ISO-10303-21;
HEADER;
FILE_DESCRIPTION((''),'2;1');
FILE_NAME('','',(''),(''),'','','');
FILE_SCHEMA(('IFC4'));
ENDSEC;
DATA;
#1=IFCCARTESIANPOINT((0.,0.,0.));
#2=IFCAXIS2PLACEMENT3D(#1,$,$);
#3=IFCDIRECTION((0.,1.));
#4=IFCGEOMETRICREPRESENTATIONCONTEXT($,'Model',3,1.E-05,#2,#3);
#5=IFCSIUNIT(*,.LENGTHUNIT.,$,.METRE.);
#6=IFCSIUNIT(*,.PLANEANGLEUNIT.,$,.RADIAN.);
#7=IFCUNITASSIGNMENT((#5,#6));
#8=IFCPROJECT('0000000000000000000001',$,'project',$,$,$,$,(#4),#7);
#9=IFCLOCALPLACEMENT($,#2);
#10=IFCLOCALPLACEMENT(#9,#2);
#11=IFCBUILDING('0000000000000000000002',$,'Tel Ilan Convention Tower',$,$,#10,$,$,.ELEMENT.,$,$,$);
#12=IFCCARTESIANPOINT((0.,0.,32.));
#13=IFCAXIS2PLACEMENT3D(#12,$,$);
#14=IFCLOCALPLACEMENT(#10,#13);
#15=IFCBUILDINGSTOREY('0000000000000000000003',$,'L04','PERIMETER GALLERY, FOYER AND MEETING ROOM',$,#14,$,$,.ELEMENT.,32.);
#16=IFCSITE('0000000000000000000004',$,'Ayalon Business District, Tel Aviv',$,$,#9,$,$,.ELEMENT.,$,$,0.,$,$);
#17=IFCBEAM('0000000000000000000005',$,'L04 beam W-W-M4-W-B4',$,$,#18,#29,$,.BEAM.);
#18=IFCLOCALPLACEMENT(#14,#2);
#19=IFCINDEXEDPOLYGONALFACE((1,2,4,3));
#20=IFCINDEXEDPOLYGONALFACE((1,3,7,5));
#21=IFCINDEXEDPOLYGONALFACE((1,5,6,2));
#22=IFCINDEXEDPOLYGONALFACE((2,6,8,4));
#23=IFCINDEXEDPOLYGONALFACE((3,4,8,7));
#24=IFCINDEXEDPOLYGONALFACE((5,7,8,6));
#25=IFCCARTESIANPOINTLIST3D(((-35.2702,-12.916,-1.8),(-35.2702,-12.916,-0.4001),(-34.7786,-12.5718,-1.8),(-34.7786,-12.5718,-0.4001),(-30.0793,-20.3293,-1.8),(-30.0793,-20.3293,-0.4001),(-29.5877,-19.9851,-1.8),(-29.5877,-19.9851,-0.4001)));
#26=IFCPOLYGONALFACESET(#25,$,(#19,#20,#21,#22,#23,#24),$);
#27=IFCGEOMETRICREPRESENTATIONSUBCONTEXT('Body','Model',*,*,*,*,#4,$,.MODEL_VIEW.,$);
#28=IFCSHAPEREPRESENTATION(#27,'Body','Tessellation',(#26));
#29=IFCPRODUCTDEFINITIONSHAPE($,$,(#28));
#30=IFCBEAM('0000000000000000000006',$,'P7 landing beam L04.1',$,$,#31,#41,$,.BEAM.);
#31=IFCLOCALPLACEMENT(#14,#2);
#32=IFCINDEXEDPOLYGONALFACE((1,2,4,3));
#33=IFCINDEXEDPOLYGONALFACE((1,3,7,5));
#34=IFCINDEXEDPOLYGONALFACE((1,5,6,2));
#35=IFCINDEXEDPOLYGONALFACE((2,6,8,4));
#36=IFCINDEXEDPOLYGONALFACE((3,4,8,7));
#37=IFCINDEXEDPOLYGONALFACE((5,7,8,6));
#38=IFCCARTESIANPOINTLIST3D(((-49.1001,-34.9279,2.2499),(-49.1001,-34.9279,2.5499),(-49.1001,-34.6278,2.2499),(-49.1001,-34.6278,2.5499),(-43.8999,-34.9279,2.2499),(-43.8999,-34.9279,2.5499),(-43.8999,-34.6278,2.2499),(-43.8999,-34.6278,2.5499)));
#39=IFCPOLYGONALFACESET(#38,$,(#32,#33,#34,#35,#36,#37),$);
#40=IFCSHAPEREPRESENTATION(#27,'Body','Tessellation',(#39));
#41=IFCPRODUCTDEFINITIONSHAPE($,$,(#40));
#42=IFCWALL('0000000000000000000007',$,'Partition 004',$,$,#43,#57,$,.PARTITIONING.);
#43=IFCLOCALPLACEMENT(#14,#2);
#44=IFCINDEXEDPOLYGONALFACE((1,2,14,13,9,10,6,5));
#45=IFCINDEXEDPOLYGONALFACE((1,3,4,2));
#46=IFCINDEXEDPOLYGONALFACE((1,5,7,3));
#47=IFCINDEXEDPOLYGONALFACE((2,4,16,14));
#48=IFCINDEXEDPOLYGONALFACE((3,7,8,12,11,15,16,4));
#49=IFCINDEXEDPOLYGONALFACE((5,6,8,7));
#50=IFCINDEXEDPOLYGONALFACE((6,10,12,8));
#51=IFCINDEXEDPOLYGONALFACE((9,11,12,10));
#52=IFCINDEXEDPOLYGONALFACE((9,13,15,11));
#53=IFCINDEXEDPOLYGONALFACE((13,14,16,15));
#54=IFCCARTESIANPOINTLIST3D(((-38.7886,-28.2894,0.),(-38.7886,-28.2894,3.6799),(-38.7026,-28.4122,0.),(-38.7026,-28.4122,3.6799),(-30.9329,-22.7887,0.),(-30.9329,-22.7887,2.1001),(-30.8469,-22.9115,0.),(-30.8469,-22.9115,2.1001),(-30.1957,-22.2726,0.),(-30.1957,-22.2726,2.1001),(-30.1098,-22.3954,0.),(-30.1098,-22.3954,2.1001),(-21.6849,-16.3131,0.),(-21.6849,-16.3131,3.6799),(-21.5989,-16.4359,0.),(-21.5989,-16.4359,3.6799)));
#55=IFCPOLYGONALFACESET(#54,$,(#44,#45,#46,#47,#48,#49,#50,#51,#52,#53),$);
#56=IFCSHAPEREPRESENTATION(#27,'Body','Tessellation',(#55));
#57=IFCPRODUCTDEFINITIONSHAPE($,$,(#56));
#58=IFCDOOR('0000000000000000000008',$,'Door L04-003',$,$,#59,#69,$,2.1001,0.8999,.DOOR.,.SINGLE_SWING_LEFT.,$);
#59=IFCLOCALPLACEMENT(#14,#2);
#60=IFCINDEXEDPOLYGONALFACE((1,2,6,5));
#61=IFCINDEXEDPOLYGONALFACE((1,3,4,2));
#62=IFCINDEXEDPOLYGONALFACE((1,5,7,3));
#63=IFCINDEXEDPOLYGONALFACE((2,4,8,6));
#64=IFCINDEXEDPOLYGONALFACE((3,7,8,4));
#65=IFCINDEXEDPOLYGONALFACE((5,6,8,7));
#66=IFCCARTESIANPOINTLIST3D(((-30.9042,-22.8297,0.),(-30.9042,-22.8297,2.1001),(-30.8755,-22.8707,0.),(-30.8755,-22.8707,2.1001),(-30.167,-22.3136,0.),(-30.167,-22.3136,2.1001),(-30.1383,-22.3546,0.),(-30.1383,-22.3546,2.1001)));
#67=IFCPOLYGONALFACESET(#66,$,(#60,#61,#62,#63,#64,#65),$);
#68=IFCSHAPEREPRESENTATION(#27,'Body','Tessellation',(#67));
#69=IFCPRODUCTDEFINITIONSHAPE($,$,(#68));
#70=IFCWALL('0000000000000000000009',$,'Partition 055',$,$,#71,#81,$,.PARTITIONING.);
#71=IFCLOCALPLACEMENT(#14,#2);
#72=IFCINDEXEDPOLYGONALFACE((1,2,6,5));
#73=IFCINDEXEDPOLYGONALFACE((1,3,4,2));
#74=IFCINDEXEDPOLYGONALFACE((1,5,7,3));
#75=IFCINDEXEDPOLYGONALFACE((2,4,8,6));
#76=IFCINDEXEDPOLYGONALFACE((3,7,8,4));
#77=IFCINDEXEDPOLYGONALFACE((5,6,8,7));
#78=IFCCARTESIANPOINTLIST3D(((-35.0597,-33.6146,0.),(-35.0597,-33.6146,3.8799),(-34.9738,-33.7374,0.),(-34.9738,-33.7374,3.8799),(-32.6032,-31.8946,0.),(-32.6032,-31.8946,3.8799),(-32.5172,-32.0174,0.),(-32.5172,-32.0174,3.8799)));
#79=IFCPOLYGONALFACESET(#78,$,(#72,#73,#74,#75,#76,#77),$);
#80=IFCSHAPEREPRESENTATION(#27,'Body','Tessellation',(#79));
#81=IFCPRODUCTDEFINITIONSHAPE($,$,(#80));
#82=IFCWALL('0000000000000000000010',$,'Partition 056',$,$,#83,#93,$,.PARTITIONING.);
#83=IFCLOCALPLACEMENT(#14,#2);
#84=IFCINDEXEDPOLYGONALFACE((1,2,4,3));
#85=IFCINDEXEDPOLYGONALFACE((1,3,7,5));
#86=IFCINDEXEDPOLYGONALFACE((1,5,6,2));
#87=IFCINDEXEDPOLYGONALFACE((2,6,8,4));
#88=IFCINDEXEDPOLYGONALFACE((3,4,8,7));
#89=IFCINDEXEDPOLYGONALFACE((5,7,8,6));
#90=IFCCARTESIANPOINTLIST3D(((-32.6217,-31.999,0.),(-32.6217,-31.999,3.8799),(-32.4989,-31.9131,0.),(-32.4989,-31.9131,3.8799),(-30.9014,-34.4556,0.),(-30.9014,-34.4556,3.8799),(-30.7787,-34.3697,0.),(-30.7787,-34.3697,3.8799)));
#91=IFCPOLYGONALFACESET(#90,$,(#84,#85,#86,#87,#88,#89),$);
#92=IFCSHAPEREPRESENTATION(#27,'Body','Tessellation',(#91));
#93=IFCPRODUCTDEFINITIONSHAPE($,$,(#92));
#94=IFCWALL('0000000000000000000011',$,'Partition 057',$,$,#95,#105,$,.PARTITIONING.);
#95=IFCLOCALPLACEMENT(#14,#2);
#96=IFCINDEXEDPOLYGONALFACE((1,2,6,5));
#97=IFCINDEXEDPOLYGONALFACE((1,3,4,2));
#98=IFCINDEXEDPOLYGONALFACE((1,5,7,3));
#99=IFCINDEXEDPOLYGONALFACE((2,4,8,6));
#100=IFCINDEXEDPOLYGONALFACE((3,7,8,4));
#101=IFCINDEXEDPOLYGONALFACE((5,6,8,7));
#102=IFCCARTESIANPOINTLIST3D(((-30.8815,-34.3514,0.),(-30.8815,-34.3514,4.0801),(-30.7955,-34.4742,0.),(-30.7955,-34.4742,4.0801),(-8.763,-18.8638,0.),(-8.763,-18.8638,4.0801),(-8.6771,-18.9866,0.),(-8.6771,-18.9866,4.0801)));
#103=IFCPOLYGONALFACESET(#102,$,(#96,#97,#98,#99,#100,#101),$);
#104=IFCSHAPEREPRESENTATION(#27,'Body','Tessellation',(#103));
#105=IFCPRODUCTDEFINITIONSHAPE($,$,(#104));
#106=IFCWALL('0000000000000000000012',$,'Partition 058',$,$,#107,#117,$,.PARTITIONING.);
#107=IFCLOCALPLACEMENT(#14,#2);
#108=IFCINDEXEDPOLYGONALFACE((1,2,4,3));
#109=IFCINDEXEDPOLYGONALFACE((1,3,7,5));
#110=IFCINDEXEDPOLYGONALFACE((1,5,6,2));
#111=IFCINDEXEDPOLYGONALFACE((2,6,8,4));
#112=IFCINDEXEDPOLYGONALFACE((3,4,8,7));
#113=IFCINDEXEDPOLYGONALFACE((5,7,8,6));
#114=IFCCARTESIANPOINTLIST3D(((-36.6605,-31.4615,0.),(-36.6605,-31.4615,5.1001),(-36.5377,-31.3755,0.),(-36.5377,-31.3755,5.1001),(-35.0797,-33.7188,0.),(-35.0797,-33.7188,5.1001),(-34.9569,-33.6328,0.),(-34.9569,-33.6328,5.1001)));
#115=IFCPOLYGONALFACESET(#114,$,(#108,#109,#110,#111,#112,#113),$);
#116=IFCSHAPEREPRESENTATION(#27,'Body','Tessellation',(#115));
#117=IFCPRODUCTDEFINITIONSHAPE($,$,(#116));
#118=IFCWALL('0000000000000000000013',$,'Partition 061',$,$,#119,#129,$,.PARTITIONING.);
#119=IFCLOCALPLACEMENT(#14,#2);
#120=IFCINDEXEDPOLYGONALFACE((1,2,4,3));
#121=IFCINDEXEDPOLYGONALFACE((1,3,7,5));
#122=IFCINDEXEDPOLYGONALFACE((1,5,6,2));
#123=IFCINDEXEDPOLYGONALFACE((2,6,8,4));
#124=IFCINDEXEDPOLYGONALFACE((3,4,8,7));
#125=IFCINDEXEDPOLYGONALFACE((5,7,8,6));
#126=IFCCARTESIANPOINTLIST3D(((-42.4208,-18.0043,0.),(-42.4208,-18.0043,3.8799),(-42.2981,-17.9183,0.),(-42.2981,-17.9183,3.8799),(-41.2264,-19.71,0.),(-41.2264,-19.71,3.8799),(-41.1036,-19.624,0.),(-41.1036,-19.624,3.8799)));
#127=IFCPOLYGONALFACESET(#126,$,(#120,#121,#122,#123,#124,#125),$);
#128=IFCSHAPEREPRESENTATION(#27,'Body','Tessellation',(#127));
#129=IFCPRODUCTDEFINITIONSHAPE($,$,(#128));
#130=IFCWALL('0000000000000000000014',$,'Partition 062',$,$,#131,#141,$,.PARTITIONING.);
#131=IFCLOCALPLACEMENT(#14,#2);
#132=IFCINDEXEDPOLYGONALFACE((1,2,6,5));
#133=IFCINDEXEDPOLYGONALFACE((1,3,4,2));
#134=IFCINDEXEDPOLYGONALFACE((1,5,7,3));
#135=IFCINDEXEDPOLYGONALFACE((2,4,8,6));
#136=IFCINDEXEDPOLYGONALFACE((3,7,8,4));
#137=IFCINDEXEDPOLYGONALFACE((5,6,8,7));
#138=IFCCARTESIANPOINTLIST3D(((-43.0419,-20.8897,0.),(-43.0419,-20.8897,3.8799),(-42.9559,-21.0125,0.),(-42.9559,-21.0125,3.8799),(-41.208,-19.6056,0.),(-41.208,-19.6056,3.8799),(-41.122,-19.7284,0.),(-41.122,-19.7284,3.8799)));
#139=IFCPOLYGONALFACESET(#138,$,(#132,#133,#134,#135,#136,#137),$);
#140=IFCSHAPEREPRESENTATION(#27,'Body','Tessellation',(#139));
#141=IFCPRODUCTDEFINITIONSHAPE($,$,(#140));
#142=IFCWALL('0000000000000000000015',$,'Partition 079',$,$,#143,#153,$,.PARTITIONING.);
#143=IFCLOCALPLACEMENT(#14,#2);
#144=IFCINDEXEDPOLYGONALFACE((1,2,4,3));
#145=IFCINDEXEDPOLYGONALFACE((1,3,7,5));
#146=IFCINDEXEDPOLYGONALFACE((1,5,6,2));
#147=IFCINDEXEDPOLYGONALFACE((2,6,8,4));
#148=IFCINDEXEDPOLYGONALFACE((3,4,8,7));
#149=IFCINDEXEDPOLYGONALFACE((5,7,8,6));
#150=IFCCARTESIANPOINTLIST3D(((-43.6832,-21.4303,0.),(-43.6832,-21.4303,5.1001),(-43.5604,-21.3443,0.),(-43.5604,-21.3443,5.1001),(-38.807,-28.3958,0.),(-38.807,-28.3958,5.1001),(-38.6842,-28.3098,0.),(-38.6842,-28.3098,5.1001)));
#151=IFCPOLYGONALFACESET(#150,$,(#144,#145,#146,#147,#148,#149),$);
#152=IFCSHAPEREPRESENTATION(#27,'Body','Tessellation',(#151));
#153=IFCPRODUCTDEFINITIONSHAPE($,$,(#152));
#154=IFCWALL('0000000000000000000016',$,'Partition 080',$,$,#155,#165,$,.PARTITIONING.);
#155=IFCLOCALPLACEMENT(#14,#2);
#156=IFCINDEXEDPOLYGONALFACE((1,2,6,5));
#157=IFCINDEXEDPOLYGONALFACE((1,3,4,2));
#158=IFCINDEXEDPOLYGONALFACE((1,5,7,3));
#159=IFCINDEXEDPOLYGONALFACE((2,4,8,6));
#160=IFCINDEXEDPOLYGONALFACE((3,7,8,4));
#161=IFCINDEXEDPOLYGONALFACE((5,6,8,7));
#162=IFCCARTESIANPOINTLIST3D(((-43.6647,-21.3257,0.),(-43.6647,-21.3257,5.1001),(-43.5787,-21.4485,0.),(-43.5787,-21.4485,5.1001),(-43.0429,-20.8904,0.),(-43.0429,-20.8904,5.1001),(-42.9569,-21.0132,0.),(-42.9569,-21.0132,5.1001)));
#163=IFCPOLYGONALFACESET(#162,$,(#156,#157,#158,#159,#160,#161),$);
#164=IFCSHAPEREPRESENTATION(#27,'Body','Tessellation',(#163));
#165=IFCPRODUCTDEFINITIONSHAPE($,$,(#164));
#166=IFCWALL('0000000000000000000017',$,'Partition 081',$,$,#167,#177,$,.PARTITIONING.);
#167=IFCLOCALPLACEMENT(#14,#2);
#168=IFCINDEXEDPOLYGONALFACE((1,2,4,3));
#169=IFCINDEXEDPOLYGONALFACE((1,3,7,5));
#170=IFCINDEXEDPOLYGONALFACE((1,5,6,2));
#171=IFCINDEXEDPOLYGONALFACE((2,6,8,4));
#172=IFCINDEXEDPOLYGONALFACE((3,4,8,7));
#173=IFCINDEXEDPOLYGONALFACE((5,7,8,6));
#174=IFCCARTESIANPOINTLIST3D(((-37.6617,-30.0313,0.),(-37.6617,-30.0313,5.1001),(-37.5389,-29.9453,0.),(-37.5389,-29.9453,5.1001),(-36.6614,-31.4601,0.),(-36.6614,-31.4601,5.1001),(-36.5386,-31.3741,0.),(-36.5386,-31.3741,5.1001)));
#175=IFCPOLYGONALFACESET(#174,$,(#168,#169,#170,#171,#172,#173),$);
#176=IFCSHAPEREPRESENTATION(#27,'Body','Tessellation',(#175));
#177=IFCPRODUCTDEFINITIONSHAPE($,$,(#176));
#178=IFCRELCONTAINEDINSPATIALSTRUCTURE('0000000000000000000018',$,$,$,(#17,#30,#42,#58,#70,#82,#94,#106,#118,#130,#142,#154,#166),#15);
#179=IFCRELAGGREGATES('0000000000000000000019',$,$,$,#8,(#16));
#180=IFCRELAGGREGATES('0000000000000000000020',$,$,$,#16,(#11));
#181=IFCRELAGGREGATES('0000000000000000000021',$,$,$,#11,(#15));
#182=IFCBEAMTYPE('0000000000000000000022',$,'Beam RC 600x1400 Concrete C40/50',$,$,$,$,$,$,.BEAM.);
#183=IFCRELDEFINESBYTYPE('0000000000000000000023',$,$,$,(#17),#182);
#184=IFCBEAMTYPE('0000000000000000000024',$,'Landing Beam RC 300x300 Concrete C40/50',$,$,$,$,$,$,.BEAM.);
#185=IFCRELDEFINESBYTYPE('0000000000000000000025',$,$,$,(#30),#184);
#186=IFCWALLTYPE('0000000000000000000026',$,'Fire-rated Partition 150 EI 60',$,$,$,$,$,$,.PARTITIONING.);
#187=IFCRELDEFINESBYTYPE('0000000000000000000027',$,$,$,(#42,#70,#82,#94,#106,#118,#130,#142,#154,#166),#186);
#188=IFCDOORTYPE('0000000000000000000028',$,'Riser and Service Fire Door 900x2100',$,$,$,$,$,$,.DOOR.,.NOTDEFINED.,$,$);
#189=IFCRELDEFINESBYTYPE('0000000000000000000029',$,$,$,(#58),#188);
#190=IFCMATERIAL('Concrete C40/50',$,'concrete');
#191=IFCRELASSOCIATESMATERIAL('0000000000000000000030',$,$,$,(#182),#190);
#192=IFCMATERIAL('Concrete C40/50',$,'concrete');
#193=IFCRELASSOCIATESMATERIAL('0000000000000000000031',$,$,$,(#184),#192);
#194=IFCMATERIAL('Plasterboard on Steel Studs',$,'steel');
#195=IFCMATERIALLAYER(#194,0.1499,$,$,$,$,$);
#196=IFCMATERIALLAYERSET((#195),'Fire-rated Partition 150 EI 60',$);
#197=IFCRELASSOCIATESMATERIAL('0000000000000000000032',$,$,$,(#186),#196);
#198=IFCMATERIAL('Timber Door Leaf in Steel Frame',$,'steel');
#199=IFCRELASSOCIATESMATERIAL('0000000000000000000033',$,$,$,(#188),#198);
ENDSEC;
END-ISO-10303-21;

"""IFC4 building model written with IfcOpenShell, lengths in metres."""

from ifc_helpers import new_model, si_unit, direction, frame, frame_2d, origin, origin_2d, place, context, subcontext, project, spatial, rectangle, extrude, material, layer, layer_set, material_profile, profile_set, type_object, element, fill, save


model = new_model("IFC4")

# Units and contexts
model_context = context("Model", 3, precision=1e-05, world=origin(), true_north=direction((0.0, 1.0)))
body_context = subcontext(model_context, "Body", "Model", "MODEL_VIEW")
ifc_project = project(units=[si_unit("LENGTHUNIT", "METRE"), si_unit("PLANEANGLEUNIT", "RADIAN")], contexts=[model_context])

# Site, building, storey
site_placement = place(None, origin())
site = spatial("IfcSite", under=ifc_project, at=site_placement, Name="Ayalon Business District, Tel Aviv", CompositionType="ELEMENT", RefElevation=0.0)
building_placement = place(site_placement, origin())
building = spatial("IfcBuilding", under=site, at=building_placement, Name="Tel Ilan Convention Tower", CompositionType="ELEMENT")
storey_placement = place(building_placement, frame((0.0, 0.0, 32.0)))
storey = spatial("IfcBuildingStorey", under=building, at=storey_placement, Name="L04", Description="PERIMETER GALLERY, FOYER AND MEETING ROOM", CompositionType="ELEMENT", Elevation=32.0)

# Beams
ifc_material_1 = material(Name="Concrete C40/50", Category="concrete")
ifc_material_profile_1 = material_profile(ifc_material_1, rectangle(XDim=0.6001, YDim=1.3999, at=origin_2d()), Name="RC 600x1400")
ifc_profile_set_1 = profile_set([ifc_material_profile_1], Name="Concrete C40/50")
beam_type_1 = type_object("IfcBeamType", Name="Beam RC 600x1400 Concrete C40/50", PredefinedType="BEAM", material=ifc_profile_set_1)
for number, where, z_axis, x_axis, name in (
    (1, (-29.8335, -20.1572, -1.1001), (-0.57358, 0.81915, 0.0), (-0.81915, -0.57358, 0.0), "L04 beam W-W-M4-W-B4"),
):
    element("IfcBeam", number, at=place(storey_placement, frame(where, z_axis=z_axis, x_axis=x_axis)), inside=storey, type_object=beam_type_1, Name=name, PredefinedType="BEAM", context=body_context, shape_type="SweptSolid", body=[
        extrude(rectangle(XDim=0.6001, YDim=1.3999, at=origin_2d()), origin(), (0.0, 0.0, 1.0), 9.05),
    ])
ifc_material_2 = material(Name="Concrete C40/50", Category="concrete")
ifc_material_profile_2 = material_profile(ifc_material_2, rectangle(XDim=0.3, YDim=0.3, at=origin_2d()), Name="RC 300x300")
ifc_profile_set_2 = profile_set([ifc_material_profile_2], Name="Concrete C40/50")
beam_type_2 = type_object("IfcBeamType", Name="Landing Beam RC 300x300 Concrete C40/50", PredefinedType="BEAM", material=ifc_profile_set_2)
beam_1_placement = place(storey_placement, frame((-43.8999, -34.7778, 2.3999), z_axis=(-1.0, 0.0, 0.0), x_axis=(0.0, -1.0, 0.0)))
element("IfcBeam", 2, at=beam_1_placement, inside=storey, type_object=beam_type_2, Name="P7 landing beam L04.1", PredefinedType="BEAM", context=body_context, shape_type="SweptSolid", body=[
    extrude(rectangle(XDim=0.3, YDim=0.3, at=origin_2d()), origin(), (0.0, 0.0, 1.0), 5.2002),
])

# Wall, opening, door
ifc_material_3 = material(Name="Plasterboard on Steel Studs", Category="steel")
ifc_layer_1 = layer(ifc_material_3, 0.1499)
ifc_layer_set_1 = layer_set([ifc_layer_1], Name="Fire-rated Partition 150 EI 60")
wall_type_1 = type_object("IfcWallType", Name="Fire-rated Partition 150 EI 60", PredefinedType="PARTITIONING", material=ifc_layer_set_1)
wall_1_placement = place(storey_placement, frame((-38.7456, -28.3508, 0.0), z_axis=(0.0, 0.0, 1.0), x_axis=(0.819149, 0.573581, 0.0)))
wall_1 = element("IfcWall", 3, at=wall_1_placement, inside=storey, type_object=wall_type_1, Name="Partition 004", PredefinedType="PARTITIONING", context=body_context, shape_type="SweptSolid", body=[
    extrude(rectangle(XDim=20.8799, YDim=0.1499, at=frame_2d((10.4399, 0.0))), origin(), (0.0, 0.0, 1.0), 3.6799),
])
opening_placement = place(wall_1_placement, frame((9.5901, 0.0, 0.0)))
opening = element("IfcOpeningElement", 4, at=opening_placement, cuts=wall_1, PredefinedType="OPENING", context=body_context, shape_type="SweptSolid", body=[
    extrude(rectangle(XDim=0.8999, YDim=2.1001, at=frame_2d((0.45, 1.05))), frame((0.0, 0.085, 0.0), z_axis=(0.0, -1.0, 0.0), x_axis=(1.0, 0.0, 0.0)), (0.0, 0.0, 1.0), 0.1699),
])
ifc_material_4 = material(Name="Timber Door Leaf in Steel Frame", Category="steel")
door_type = type_object("IfcDoorType", Name="Riser and Service Fire Door 900x2100", OperationType="NOTDEFINED", PredefinedType="DOOR", material=ifc_material_4)
door_placement = place(opening_placement, origin())
door = element("IfcDoor", 5, at=door_placement, inside=storey, type_object=door_type, Name="Door L04-003", OperationType="SINGLE_SWING_LEFT", OverallHeight=2.1001, OverallWidth=0.8999, PredefinedType="DOOR", context=body_context, shape_type="SweptSolid", body=[
    extrude(rectangle(XDim=0.8999, YDim=2.1001, at=frame_2d((0.45, 1.05))), frame((0.0, 0.0249, 0.0), z_axis=(0.0, -1.0, 0.0), x_axis=(1.0, 0.0, 0.0)), (0.0, 0.0, 1.0), 0.05),
])
fill(opening, door)

# Walls
wall_2_placement = place(storey_placement, frame((-35.0168, -33.676, 0.0), z_axis=(0.0, 0.0, 1.0), x_axis=(0.819171, 0.57355, 0.0)))
element("IfcWall", 6, at=wall_2_placement, inside=storey, type_object=wall_type_1, Name="Partition 055", PredefinedType="PARTITIONING", context=body_context, shape_type="SweptSolid", body=[
    extrude(rectangle(XDim=2.9988, YDim=0.1499, at=frame_2d((1.4995, 0.0))), origin(), (0.0, 0.0, 1.0), 3.8799),
])
wall_3_placement = place(storey_placement, frame((-32.5603, -31.9561, 0.0), z_axis=(0.0, 0.0, 1.0), x_axis=(0.573604, -0.819132, 0.0)))
element("IfcWall", 7, at=wall_3_placement, inside=storey, type_object=wall_type_1, Name="Partition 056", PredefinedType="PARTITIONING", context=body_context, shape_type="SweptSolid", body=[
    extrude(rectangle(XDim=2.999, YDim=0.1499, at=frame_2d((1.4995, 0.0))), origin(), (0.0, 0.0, 1.0), 3.8799),
])
wall_4_placement = place(storey_placement, frame((-30.8386, -34.4128, 0.0), z_axis=(0.0, 0.0, 1.0), x_axis=(0.819151, 0.573578, 0.0)))
element("IfcWall", 8, at=wall_4_placement, inside=storey, type_object=wall_type_1, Name="Partition 057", PredefinedType="PARTITIONING", context=body_context, shape_type="SweptSolid", body=[
    extrude(rectangle(XDim=27.0017, YDim=0.1499, at=frame_2d((13.501, 0.0))), origin(), (0.0, 0.0, 1.0), 4.0801),
])
wall_5_placement = place(storey_placement, frame((-36.5991, -31.4185, 0.0), z_axis=(0.0, 0.0, 1.0), x_axis=(0.573629, -0.819115, 0.0)))
element("IfcWall", 9, at=wall_5_placement, inside=storey, type_object=wall_type_1, Name="Partition 058", PredefinedType="PARTITIONING", context=body_context, shape_type="SweptSolid", body=[
    extrude(rectangle(XDim=2.7559, YDim=0.1499, at=frame_2d((1.3779, 0.0))), origin(), (0.0, 0.0, 1.0), 5.1001),
])
wall_6_placement = place(storey_placement, frame((-42.3594, -17.9614, 0.0), z_axis=(0.0, 0.0, 1.0), x_axis=(0.573604, -0.819133, 0.0)))
element("IfcWall", 10, at=wall_6_placement, inside=storey, type_object=wall_type_1, Name="Partition 061", PredefinedType="PARTITIONING", context=body_context, shape_type="SweptSolid", body=[
    extrude(rectangle(XDim=2.0823, YDim=0.1499, at=frame_2d((1.041, 0.0))), origin(), (0.0, 0.0, 1.0), 3.8799),
])
wall_7_placement = place(storey_placement, frame((-41.165, -19.667, 0.0), z_axis=(0.0, 0.0, 1.0), x_axis=(-0.81915, -0.573579, 0.0)))
element("IfcWall", 11, at=wall_7_placement, inside=storey, type_object=wall_type_1, Name="Partition 062", PredefinedType="PARTITIONING", context=body_context, shape_type="SweptSolid", body=[
    extrude(rectangle(XDim=2.2388, YDim=0.1499, at=frame_2d((1.1194, 0.0))), origin(), (0.0, 0.0, 1.0), 3.8799),
])
wall_8_placement = place(storey_placement, frame((-43.6218, -21.3872, 0.0), z_axis=(0.0, 0.0, 1.0), x_axis=(0.573487, -0.819214, 0.0)))
element("IfcWall", 12, at=wall_8_placement, inside=storey, type_object=wall_type_1, Name="Partition 079", PredefinedType="PARTITIONING", context=body_context, shape_type="SweptSolid", body=[
    extrude(rectangle(XDim=8.5027, YDim=0.1499, at=frame_2d((4.2515, 0.0))), origin(), (0.0, 0.0, 1.0), 5.1001),
])
wall_9_placement = place(storey_placement, frame((-43.0, -20.9519, 0.0), z_axis=(0.0, 0.0, 1.0), x_axis=(-0.819217, -0.573484, 0.0)))
element("IfcWall", 13, at=wall_9_placement, inside=storey, type_object=wall_type_1, Name="Partition 080", PredefinedType="PARTITIONING", context=body_context, shape_type="SweptSolid", body=[
    extrude(rectangle(XDim=0.759, YDim=0.1499, at=frame_2d((0.3794, 0.0))), origin(), (0.0, 0.0, 1.0), 5.1001),
])
wall_10_placement = place(storey_placement, frame((-37.6003, -29.9883, 0.0), z_axis=(0.0, 0.0, 1.0), x_axis=(0.573519, -0.819192, 0.0)))
element("IfcWall", 14, at=wall_10_placement, inside=storey, type_object=wall_type_1, Name="Partition 081", PredefinedType="PARTITIONING", context=body_context, shape_type="SweptSolid", body=[
    extrude(rectangle(XDim=1.7441, YDim=0.1499, at=frame_2d((0.8721, 0.0))), origin(), (0.0, 0.0, 1.0), 5.1001),
])

save(model, "model.ifc")
